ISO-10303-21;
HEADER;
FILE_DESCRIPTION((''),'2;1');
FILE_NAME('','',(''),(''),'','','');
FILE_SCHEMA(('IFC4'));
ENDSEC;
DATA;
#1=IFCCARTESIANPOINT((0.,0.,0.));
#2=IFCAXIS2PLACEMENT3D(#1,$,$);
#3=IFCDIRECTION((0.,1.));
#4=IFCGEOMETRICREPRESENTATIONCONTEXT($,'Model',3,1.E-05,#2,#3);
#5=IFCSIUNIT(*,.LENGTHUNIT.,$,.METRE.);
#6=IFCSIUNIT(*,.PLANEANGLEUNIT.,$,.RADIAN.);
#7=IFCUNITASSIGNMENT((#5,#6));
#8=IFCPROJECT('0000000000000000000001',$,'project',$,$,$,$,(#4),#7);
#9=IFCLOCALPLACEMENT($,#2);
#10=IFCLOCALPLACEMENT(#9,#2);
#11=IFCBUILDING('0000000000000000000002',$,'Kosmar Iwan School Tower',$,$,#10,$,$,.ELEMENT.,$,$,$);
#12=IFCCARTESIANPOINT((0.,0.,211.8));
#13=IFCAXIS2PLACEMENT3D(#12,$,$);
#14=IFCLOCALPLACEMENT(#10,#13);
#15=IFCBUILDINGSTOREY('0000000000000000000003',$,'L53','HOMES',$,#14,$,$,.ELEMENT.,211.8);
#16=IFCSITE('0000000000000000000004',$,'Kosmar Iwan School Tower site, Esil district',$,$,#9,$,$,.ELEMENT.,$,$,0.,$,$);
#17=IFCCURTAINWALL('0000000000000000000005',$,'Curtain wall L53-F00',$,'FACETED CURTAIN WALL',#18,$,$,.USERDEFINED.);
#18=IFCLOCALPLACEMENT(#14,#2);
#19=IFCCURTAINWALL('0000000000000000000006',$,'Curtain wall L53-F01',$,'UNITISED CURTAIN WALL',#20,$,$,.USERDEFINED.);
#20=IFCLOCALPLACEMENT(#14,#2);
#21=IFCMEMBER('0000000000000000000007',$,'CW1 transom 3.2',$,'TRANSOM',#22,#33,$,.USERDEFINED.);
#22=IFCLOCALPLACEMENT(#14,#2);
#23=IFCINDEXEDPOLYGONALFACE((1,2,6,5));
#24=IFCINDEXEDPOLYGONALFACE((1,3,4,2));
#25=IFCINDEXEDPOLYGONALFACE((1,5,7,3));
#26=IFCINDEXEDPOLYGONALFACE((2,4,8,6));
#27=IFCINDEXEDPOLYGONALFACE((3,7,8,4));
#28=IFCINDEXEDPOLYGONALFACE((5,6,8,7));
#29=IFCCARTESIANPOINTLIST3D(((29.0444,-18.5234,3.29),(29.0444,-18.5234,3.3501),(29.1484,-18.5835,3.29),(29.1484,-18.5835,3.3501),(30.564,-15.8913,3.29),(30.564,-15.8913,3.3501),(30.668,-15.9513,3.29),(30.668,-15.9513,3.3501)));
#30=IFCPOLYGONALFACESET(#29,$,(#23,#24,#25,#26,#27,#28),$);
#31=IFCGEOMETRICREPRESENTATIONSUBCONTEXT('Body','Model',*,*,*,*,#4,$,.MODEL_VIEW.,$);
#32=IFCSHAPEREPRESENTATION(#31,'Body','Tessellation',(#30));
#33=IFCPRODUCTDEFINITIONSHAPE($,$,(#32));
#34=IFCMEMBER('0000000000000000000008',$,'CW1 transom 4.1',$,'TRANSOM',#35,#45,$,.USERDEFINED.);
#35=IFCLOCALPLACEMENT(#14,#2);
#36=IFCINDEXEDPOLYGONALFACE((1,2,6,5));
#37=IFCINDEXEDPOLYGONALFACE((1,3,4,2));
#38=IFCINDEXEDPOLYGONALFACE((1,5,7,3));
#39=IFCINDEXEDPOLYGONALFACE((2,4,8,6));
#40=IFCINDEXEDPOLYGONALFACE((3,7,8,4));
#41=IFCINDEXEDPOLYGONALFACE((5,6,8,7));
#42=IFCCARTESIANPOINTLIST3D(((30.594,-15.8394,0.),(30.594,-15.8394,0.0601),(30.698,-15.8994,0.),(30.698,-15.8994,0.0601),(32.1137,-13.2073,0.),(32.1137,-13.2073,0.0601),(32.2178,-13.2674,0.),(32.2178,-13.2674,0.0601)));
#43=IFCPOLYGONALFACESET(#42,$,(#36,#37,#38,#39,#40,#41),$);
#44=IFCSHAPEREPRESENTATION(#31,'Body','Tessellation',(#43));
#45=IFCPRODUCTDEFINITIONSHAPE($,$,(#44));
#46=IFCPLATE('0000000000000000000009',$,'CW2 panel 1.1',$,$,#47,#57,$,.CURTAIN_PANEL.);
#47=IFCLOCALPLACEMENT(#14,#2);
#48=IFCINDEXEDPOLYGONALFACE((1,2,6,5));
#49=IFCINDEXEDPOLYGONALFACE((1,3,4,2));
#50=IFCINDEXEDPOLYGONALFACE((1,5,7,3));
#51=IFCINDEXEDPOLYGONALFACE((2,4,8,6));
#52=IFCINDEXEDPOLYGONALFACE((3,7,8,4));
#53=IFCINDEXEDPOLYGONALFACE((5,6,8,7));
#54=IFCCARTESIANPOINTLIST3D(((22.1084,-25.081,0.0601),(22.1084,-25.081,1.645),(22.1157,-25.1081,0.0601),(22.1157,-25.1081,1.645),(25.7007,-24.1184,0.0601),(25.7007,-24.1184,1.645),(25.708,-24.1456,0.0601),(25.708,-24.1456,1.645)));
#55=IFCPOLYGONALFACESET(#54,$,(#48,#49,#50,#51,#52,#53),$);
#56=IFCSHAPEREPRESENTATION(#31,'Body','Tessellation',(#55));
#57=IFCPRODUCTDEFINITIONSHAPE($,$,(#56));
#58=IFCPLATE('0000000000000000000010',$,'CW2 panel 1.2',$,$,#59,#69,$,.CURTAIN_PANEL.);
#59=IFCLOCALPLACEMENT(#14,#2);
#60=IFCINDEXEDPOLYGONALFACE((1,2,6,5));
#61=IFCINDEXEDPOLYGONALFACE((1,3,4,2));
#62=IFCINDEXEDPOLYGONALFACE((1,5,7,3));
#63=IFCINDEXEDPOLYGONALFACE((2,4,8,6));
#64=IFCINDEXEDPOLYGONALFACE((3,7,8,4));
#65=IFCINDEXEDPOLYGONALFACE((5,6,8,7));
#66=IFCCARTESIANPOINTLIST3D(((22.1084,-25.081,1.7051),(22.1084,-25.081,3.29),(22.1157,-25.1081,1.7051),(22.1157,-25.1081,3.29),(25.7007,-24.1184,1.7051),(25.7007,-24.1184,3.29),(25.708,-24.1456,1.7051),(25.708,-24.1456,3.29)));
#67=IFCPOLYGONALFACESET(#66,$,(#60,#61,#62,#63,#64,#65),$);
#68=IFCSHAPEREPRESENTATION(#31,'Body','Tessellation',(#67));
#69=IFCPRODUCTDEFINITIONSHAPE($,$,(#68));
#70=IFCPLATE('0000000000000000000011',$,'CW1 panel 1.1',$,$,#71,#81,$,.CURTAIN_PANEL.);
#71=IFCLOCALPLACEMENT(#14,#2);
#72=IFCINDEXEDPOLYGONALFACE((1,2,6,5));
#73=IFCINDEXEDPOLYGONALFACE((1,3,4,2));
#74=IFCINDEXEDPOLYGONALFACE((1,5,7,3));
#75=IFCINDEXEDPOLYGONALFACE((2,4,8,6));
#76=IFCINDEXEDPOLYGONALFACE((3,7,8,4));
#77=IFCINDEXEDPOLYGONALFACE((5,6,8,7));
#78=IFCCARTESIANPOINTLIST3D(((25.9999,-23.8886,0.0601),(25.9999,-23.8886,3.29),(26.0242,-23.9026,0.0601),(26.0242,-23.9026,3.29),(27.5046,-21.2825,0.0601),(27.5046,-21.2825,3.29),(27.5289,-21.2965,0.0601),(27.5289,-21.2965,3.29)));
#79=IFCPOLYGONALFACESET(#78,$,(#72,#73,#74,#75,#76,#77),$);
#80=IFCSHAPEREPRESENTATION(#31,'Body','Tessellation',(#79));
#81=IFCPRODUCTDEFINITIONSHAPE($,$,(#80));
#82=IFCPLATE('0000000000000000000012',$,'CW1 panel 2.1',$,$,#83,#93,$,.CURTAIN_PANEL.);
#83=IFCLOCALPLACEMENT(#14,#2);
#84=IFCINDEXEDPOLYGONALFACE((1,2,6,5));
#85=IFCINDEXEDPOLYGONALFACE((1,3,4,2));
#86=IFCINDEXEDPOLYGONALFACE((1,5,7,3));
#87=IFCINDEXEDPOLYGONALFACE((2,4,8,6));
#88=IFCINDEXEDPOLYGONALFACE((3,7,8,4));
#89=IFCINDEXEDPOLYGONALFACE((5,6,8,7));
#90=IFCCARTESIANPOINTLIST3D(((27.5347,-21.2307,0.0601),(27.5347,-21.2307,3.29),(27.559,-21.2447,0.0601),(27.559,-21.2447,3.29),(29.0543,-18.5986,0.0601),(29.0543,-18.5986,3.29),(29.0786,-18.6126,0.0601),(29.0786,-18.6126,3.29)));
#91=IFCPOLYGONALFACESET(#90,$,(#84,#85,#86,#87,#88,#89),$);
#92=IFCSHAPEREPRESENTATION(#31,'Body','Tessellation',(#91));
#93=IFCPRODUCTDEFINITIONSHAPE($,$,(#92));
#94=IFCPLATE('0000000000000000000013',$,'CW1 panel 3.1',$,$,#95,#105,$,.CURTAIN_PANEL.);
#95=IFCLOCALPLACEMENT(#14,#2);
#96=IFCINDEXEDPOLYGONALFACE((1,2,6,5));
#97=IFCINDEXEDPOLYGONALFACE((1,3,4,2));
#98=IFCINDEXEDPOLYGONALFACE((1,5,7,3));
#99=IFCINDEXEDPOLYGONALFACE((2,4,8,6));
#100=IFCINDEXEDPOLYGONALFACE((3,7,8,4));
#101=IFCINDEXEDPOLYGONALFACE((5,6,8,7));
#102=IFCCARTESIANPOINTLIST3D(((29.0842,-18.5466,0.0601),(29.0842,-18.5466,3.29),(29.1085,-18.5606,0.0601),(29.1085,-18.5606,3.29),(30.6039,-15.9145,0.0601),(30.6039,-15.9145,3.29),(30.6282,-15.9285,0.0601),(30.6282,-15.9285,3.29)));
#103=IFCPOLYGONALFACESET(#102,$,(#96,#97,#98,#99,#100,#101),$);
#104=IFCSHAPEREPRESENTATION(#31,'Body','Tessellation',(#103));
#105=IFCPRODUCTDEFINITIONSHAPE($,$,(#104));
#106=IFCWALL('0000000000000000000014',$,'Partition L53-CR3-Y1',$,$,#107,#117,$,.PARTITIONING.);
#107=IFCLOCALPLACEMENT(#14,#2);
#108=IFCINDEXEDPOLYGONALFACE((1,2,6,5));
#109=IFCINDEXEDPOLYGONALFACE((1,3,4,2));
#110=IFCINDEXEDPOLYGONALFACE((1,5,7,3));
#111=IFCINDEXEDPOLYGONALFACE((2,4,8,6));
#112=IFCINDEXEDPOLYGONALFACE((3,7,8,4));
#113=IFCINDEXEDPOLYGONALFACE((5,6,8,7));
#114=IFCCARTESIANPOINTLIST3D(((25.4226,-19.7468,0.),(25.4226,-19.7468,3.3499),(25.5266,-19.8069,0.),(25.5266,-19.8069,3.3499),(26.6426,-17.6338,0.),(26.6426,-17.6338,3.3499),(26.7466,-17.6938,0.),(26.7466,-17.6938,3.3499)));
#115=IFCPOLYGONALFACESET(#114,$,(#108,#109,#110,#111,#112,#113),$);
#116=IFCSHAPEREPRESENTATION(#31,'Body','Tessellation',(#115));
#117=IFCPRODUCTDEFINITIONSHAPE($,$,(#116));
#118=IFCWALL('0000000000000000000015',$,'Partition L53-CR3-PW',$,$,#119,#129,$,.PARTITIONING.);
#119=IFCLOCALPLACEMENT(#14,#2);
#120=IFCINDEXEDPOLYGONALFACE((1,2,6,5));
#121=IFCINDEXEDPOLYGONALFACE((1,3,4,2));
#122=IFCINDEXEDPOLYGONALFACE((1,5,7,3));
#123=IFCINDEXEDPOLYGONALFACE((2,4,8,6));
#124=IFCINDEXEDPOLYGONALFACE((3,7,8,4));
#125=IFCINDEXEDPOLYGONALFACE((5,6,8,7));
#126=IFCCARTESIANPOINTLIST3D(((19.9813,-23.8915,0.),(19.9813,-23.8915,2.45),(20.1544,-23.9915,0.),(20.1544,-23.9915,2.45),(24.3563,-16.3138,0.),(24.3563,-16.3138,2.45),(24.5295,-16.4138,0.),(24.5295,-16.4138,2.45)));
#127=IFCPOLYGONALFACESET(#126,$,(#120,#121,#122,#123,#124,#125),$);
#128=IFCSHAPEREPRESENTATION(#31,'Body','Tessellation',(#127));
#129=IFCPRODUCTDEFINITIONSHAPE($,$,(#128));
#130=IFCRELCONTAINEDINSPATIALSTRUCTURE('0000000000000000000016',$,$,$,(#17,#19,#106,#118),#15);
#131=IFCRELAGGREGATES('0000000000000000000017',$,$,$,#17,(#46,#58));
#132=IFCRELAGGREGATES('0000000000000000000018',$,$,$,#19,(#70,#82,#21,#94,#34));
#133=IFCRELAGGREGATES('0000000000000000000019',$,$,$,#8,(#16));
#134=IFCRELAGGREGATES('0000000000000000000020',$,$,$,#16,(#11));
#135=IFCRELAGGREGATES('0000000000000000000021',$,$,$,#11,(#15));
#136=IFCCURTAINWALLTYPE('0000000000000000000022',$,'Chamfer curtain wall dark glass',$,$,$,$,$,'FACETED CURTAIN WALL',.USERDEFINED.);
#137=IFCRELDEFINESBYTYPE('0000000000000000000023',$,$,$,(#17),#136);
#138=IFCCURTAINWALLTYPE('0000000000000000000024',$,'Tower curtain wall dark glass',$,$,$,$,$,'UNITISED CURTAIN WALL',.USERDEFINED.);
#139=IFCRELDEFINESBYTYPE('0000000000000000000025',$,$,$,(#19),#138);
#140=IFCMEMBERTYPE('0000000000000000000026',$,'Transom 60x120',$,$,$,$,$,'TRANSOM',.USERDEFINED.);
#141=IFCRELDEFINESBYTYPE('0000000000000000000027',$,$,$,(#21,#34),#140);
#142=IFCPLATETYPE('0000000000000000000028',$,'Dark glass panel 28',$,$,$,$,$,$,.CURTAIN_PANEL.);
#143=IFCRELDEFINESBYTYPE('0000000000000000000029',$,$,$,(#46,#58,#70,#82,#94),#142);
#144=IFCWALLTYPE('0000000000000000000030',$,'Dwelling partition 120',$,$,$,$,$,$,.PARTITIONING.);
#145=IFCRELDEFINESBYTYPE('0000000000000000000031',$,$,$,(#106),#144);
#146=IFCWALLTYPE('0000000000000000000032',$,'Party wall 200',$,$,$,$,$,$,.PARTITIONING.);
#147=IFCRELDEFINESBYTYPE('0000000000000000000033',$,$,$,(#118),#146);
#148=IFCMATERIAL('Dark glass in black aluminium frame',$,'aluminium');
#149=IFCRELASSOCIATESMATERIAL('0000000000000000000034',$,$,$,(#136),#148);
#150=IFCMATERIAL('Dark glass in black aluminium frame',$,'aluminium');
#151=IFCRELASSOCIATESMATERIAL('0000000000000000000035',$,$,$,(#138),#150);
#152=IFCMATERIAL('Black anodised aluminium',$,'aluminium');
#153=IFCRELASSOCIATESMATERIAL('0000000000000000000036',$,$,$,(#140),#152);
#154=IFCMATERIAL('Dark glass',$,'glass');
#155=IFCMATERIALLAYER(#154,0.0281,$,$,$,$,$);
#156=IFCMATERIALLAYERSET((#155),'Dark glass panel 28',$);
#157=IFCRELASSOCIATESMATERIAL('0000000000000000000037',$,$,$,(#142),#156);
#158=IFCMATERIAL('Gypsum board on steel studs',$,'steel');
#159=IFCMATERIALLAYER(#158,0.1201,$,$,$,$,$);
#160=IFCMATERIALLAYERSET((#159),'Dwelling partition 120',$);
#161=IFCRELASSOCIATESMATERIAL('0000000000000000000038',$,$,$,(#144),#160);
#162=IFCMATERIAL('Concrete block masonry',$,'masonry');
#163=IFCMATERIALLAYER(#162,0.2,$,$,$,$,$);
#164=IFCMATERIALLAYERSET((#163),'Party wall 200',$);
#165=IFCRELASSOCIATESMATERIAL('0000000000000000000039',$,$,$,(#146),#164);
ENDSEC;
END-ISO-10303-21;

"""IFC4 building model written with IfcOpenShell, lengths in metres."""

from ifc_helpers import new_model, si_unit, direction, frame, frame_2d, origin, origin_2d, place, context, subcontext, project, spatial, rectangle, extrude, material, layer, layer_set, material_profile, profile_set, type_object, element, aggregate, save


model = new_model("IFC4")

# Units and contexts
model_context = context("Model", 3, precision=1e-05, world=origin(), true_north=direction((0.0, 1.0)))
body_context = subcontext(model_context, "Body", "Model", "MODEL_VIEW")
ifc_project = project(units=[si_unit("LENGTHUNIT", "METRE"), si_unit("PLANEANGLEUNIT", "RADIAN")], contexts=[model_context])

# Site, building, storey
site_placement = place(None, origin())
site = spatial("IfcSite", under=ifc_project, at=site_placement, Name="Kosmar Iwan School Tower site, Esil district", CompositionType="ELEMENT", RefElevation=0.0)
building_placement = place(site_placement, origin())
building = spatial("IfcBuilding", under=site, at=building_placement, Name="Kosmar Iwan School Tower", CompositionType="ELEMENT")
storey_placement = place(building_placement, frame((0.0, 0.0, 211.8)))
storey = spatial("IfcBuildingStorey", under=building, at=storey_placement, Name="L53", Description="HOMES", CompositionType="ELEMENT", Elevation=211.8)

# Curtain wall
ifc_material_1 = material(Name="Dark glass in black aluminium frame", Category="aluminium")
curtain_wall_type_1 = type_object("IfcCurtainWallType", Name="Chamfer curtain wall dark glass", ElementType="FACETED CURTAIN WALL", PredefinedType="USERDEFINED", material=ifc_material_1)
curtain_wall_1_placement = place(storey_placement, origin())
curtain_wall_1 = element("IfcCurtainWall", 1, at=curtain_wall_1_placement, inside=storey, type_object=curtain_wall_type_1, Name="Curtain wall L53-F00", ObjectType="FACETED CURTAIN WALL", PredefinedType="USERDEFINED")

# Curtain wall
ifc_material_2 = material(Name="Dark glass in black aluminium frame", Category="aluminium")
curtain_wall_type_2 = type_object("IfcCurtainWallType", Name="Tower curtain wall dark glass", ElementType="UNITISED CURTAIN WALL", PredefinedType="USERDEFINED", material=ifc_material_2)
curtain_wall_2_placement = place(storey_placement, origin())
curtain_wall_2 = element("IfcCurtainWall", 2, at=curtain_wall_2_placement, inside=storey, type_object=curtain_wall_type_2, Name="Curtain wall L53-F01", ObjectType="UNITISED CURTAIN WALL", PredefinedType="USERDEFINED")

# Members
ifc_material_3 = material(Name="Black anodised aluminium", Category="aluminium")
ifc_material_profile_1 = material_profile(ifc_material_3, rectangle(XDim=0.1201, YDim=0.0601, at=origin_2d()), Name="TRANSOM 60x120")
ifc_profile_set_1 = profile_set([ifc_material_profile_1], Name="Black anodised aluminium")
member_type_1 = type_object("IfcMemberType", Name="Transom 60x120", ElementType="TRANSOM", PredefinedType="USERDEFINED", material=ifc_profile_set_1)
member_1_placement = place(storey_placement, frame((29.0964, -18.5535, 3.3201), z_axis=(0.499975, 0.86604, 0.0), x_axis=(-0.86604, 0.499975, 0.0)))
member_1 = element("IfcMember", 3, at=member_1_placement, type_object=member_type_1, Name="CW1 transom 3.2", ObjectType="TRANSOM", PredefinedType="USERDEFINED", context=body_context, shape_type="SweptSolid", body=[
    extrude(rectangle(XDim=0.1201, YDim=0.0601, at=origin_2d()), origin(), (0.0, 0.0, 1.0), 3.0393),
])
member_2_placement = place(storey_placement, frame((30.646, -15.8694, 0.03), z_axis=(0.500035, 0.866005, 0.0), x_axis=(-0.866005, 0.500035, 0.0)))
member_2 = element("IfcMember", 4, at=member_2_placement, type_object=member_type_1, Name="CW1 transom 4.1", ObjectType="TRANSOM", PredefinedType="USERDEFINED", context=body_context, shape_type="SweptSolid", body=[
    extrude(rectangle(XDim=0.1201, YDim=0.0601, at=origin_2d()), origin(), (0.0, 0.0, 1.0), 3.0393),
])

# Plates
ifc_material_4 = material(Name="Dark glass", Category="glass")
ifc_layer_1 = layer(ifc_material_4, 0.0281)
ifc_layer_set_1 = layer_set([ifc_layer_1], Name="Dark glass panel 28")
plate_type = type_object("IfcPlateType", Name="Dark glass panel 28", PredefinedType="CURTAIN_PANEL", material=ifc_layer_set_1)
plate_1_placement = place(storey_placement, frame((23.9082, -24.6133, 0.0601), z_axis=(0.0, 0.0, 1.0), x_axis=(0.965926, 0.258819, 0.0)))
plate_1 = element("IfcPlate", 5, at=plate_1_placement, type_object=plate_type, Name="CW2 panel 1.1", PredefinedType="CURTAIN_PANEL", context=body_context, shape_type="SweptSolid", body=[
    extrude(rectangle(XDim=3.719, YDim=0.0281, at=origin_2d()), origin(), (0.0, 0.0, 1.0), 1.585),
])
plate_2_placement = place(storey_placement, frame((23.9082, -24.6133, 1.7051), z_axis=(0.0, 0.0, 1.0), x_axis=(0.965926, 0.258819, 0.0)))
plate_2 = element("IfcPlate", 6, at=plate_2_placement, type_object=plate_type, Name="CW2 panel 1.2", PredefinedType="CURTAIN_PANEL", context=body_context, shape_type="SweptSolid", body=[
    extrude(rectangle(XDim=3.719, YDim=0.0281, at=origin_2d()), origin(), (0.0, 0.0, 1.0), 1.585),
])
aggregate(curtain_wall_1, [plate_1, plate_2])
plate_3_placement = place(storey_placement, frame((26.7644, -22.5925, 0.0601), z_axis=(0.0, 0.0, 1.0), x_axis=(0.5, 0.866025, 0.0)))
plate_3 = element("IfcPlate", 7, at=plate_3_placement, type_object=plate_type, Name="CW1 panel 1.1", PredefinedType="CURTAIN_PANEL", context=body_context, shape_type="SweptSolid", body=[
    extrude(rectangle(XDim=3.0093, YDim=0.0281, at=origin_2d()), origin(), (0.0, 0.0, 1.0), 3.23),
])
plate_4_placement = place(storey_placement, frame((28.3066, -19.9216, 0.0601), z_axis=(0.0, 0.0, 1.0), x_axis=(0.5, 0.866025, 0.0)))
plate_4 = element("IfcPlate", 8, at=plate_4_placement, type_object=plate_type, Name="CW1 panel 2.1", PredefinedType="CURTAIN_PANEL", context=body_context, shape_type="SweptSolid", body=[
    extrude(rectangle(XDim=3.0393, YDim=0.0281, at=origin_2d()), origin(), (0.0, 0.0, 1.0), 3.23),
])
plate_5_placement = place(storey_placement, frame((29.8562, -17.2375, 0.0601), z_axis=(0.0, 0.0, 1.0), x_axis=(0.5, 0.866025, 0.0)))
plate_5 = element("IfcPlate", 9, at=plate_5_placement, type_object=plate_type, Name="CW1 panel 3.1", PredefinedType="CURTAIN_PANEL", context=body_context, shape_type="SweptSolid", body=[
    extrude(rectangle(XDim=3.0393, YDim=0.0281, at=origin_2d()), origin(), (0.0, 0.0, 1.0), 3.23),
])
aggregate(curtain_wall_2, [plate_3, plate_4, member_1, plate_5, member_2])

# Walls
ifc_material_5 = material(Name="Gypsum board on steel studs", Category="steel")
ifc_layer_2 = layer(ifc_material_5, 0.1201)
ifc_layer_set_2 = layer_set([ifc_layer_2], Name="Dwelling partition 120")
wall_type_1 = type_object("IfcWallType", Name="Dwelling partition 120", PredefinedType="PARTITIONING", material=ifc_layer_set_2)
wall_1_placement = place(storey_placement, frame((26.6946, -17.6638, 0.0), z_axis=(0.0, 0.0, 1.0), x_axis=(-0.500003, -0.866024, 0.0)))
element("IfcWall", 10, at=wall_1_placement, inside=storey, type_object=wall_type_1, Name="Partition L53-CR3-Y1", PredefinedType="PARTITIONING", context=body_context, shape_type="SweptSolid", body=[
    extrude(rectangle(XDim=2.4399, YDim=0.1201, at=frame_2d((1.22, 0.0))), origin(), (0.0, 0.0, 1.0), 3.3499),
])
ifc_material_6 = material(Name="Concrete block masonry", Category="masonry")
ifc_layer_3 = layer(ifc_material_6, 0.2)
ifc_layer_set_3 = layer_set([ifc_layer_3], Name="Party wall 200")
wall_type_2 = type_object("IfcWallType", Name="Party wall 200", PredefinedType="PARTITIONING", material=ifc_layer_set_3)
wall_2_placement = place(storey_placement, frame((24.4429, -16.3638, 0.0), z_axis=(0.0, 0.0, 1.0), x_axis=(-0.500004, -0.866023, 0.0)))
element("IfcWall", 11, at=wall_2_placement, inside=storey, type_object=wall_type_2, Name="Partition L53-CR3-PW", PredefinedType="PARTITIONING", context=body_context, shape_type="SweptSolid", body=[
    extrude(rectangle(XDim=8.75, YDim=0.2, at=frame_2d((4.375, 0.0))), origin(), (0.0, 0.0, 1.0), 2.45),
])

save(model, "model.ifc")
